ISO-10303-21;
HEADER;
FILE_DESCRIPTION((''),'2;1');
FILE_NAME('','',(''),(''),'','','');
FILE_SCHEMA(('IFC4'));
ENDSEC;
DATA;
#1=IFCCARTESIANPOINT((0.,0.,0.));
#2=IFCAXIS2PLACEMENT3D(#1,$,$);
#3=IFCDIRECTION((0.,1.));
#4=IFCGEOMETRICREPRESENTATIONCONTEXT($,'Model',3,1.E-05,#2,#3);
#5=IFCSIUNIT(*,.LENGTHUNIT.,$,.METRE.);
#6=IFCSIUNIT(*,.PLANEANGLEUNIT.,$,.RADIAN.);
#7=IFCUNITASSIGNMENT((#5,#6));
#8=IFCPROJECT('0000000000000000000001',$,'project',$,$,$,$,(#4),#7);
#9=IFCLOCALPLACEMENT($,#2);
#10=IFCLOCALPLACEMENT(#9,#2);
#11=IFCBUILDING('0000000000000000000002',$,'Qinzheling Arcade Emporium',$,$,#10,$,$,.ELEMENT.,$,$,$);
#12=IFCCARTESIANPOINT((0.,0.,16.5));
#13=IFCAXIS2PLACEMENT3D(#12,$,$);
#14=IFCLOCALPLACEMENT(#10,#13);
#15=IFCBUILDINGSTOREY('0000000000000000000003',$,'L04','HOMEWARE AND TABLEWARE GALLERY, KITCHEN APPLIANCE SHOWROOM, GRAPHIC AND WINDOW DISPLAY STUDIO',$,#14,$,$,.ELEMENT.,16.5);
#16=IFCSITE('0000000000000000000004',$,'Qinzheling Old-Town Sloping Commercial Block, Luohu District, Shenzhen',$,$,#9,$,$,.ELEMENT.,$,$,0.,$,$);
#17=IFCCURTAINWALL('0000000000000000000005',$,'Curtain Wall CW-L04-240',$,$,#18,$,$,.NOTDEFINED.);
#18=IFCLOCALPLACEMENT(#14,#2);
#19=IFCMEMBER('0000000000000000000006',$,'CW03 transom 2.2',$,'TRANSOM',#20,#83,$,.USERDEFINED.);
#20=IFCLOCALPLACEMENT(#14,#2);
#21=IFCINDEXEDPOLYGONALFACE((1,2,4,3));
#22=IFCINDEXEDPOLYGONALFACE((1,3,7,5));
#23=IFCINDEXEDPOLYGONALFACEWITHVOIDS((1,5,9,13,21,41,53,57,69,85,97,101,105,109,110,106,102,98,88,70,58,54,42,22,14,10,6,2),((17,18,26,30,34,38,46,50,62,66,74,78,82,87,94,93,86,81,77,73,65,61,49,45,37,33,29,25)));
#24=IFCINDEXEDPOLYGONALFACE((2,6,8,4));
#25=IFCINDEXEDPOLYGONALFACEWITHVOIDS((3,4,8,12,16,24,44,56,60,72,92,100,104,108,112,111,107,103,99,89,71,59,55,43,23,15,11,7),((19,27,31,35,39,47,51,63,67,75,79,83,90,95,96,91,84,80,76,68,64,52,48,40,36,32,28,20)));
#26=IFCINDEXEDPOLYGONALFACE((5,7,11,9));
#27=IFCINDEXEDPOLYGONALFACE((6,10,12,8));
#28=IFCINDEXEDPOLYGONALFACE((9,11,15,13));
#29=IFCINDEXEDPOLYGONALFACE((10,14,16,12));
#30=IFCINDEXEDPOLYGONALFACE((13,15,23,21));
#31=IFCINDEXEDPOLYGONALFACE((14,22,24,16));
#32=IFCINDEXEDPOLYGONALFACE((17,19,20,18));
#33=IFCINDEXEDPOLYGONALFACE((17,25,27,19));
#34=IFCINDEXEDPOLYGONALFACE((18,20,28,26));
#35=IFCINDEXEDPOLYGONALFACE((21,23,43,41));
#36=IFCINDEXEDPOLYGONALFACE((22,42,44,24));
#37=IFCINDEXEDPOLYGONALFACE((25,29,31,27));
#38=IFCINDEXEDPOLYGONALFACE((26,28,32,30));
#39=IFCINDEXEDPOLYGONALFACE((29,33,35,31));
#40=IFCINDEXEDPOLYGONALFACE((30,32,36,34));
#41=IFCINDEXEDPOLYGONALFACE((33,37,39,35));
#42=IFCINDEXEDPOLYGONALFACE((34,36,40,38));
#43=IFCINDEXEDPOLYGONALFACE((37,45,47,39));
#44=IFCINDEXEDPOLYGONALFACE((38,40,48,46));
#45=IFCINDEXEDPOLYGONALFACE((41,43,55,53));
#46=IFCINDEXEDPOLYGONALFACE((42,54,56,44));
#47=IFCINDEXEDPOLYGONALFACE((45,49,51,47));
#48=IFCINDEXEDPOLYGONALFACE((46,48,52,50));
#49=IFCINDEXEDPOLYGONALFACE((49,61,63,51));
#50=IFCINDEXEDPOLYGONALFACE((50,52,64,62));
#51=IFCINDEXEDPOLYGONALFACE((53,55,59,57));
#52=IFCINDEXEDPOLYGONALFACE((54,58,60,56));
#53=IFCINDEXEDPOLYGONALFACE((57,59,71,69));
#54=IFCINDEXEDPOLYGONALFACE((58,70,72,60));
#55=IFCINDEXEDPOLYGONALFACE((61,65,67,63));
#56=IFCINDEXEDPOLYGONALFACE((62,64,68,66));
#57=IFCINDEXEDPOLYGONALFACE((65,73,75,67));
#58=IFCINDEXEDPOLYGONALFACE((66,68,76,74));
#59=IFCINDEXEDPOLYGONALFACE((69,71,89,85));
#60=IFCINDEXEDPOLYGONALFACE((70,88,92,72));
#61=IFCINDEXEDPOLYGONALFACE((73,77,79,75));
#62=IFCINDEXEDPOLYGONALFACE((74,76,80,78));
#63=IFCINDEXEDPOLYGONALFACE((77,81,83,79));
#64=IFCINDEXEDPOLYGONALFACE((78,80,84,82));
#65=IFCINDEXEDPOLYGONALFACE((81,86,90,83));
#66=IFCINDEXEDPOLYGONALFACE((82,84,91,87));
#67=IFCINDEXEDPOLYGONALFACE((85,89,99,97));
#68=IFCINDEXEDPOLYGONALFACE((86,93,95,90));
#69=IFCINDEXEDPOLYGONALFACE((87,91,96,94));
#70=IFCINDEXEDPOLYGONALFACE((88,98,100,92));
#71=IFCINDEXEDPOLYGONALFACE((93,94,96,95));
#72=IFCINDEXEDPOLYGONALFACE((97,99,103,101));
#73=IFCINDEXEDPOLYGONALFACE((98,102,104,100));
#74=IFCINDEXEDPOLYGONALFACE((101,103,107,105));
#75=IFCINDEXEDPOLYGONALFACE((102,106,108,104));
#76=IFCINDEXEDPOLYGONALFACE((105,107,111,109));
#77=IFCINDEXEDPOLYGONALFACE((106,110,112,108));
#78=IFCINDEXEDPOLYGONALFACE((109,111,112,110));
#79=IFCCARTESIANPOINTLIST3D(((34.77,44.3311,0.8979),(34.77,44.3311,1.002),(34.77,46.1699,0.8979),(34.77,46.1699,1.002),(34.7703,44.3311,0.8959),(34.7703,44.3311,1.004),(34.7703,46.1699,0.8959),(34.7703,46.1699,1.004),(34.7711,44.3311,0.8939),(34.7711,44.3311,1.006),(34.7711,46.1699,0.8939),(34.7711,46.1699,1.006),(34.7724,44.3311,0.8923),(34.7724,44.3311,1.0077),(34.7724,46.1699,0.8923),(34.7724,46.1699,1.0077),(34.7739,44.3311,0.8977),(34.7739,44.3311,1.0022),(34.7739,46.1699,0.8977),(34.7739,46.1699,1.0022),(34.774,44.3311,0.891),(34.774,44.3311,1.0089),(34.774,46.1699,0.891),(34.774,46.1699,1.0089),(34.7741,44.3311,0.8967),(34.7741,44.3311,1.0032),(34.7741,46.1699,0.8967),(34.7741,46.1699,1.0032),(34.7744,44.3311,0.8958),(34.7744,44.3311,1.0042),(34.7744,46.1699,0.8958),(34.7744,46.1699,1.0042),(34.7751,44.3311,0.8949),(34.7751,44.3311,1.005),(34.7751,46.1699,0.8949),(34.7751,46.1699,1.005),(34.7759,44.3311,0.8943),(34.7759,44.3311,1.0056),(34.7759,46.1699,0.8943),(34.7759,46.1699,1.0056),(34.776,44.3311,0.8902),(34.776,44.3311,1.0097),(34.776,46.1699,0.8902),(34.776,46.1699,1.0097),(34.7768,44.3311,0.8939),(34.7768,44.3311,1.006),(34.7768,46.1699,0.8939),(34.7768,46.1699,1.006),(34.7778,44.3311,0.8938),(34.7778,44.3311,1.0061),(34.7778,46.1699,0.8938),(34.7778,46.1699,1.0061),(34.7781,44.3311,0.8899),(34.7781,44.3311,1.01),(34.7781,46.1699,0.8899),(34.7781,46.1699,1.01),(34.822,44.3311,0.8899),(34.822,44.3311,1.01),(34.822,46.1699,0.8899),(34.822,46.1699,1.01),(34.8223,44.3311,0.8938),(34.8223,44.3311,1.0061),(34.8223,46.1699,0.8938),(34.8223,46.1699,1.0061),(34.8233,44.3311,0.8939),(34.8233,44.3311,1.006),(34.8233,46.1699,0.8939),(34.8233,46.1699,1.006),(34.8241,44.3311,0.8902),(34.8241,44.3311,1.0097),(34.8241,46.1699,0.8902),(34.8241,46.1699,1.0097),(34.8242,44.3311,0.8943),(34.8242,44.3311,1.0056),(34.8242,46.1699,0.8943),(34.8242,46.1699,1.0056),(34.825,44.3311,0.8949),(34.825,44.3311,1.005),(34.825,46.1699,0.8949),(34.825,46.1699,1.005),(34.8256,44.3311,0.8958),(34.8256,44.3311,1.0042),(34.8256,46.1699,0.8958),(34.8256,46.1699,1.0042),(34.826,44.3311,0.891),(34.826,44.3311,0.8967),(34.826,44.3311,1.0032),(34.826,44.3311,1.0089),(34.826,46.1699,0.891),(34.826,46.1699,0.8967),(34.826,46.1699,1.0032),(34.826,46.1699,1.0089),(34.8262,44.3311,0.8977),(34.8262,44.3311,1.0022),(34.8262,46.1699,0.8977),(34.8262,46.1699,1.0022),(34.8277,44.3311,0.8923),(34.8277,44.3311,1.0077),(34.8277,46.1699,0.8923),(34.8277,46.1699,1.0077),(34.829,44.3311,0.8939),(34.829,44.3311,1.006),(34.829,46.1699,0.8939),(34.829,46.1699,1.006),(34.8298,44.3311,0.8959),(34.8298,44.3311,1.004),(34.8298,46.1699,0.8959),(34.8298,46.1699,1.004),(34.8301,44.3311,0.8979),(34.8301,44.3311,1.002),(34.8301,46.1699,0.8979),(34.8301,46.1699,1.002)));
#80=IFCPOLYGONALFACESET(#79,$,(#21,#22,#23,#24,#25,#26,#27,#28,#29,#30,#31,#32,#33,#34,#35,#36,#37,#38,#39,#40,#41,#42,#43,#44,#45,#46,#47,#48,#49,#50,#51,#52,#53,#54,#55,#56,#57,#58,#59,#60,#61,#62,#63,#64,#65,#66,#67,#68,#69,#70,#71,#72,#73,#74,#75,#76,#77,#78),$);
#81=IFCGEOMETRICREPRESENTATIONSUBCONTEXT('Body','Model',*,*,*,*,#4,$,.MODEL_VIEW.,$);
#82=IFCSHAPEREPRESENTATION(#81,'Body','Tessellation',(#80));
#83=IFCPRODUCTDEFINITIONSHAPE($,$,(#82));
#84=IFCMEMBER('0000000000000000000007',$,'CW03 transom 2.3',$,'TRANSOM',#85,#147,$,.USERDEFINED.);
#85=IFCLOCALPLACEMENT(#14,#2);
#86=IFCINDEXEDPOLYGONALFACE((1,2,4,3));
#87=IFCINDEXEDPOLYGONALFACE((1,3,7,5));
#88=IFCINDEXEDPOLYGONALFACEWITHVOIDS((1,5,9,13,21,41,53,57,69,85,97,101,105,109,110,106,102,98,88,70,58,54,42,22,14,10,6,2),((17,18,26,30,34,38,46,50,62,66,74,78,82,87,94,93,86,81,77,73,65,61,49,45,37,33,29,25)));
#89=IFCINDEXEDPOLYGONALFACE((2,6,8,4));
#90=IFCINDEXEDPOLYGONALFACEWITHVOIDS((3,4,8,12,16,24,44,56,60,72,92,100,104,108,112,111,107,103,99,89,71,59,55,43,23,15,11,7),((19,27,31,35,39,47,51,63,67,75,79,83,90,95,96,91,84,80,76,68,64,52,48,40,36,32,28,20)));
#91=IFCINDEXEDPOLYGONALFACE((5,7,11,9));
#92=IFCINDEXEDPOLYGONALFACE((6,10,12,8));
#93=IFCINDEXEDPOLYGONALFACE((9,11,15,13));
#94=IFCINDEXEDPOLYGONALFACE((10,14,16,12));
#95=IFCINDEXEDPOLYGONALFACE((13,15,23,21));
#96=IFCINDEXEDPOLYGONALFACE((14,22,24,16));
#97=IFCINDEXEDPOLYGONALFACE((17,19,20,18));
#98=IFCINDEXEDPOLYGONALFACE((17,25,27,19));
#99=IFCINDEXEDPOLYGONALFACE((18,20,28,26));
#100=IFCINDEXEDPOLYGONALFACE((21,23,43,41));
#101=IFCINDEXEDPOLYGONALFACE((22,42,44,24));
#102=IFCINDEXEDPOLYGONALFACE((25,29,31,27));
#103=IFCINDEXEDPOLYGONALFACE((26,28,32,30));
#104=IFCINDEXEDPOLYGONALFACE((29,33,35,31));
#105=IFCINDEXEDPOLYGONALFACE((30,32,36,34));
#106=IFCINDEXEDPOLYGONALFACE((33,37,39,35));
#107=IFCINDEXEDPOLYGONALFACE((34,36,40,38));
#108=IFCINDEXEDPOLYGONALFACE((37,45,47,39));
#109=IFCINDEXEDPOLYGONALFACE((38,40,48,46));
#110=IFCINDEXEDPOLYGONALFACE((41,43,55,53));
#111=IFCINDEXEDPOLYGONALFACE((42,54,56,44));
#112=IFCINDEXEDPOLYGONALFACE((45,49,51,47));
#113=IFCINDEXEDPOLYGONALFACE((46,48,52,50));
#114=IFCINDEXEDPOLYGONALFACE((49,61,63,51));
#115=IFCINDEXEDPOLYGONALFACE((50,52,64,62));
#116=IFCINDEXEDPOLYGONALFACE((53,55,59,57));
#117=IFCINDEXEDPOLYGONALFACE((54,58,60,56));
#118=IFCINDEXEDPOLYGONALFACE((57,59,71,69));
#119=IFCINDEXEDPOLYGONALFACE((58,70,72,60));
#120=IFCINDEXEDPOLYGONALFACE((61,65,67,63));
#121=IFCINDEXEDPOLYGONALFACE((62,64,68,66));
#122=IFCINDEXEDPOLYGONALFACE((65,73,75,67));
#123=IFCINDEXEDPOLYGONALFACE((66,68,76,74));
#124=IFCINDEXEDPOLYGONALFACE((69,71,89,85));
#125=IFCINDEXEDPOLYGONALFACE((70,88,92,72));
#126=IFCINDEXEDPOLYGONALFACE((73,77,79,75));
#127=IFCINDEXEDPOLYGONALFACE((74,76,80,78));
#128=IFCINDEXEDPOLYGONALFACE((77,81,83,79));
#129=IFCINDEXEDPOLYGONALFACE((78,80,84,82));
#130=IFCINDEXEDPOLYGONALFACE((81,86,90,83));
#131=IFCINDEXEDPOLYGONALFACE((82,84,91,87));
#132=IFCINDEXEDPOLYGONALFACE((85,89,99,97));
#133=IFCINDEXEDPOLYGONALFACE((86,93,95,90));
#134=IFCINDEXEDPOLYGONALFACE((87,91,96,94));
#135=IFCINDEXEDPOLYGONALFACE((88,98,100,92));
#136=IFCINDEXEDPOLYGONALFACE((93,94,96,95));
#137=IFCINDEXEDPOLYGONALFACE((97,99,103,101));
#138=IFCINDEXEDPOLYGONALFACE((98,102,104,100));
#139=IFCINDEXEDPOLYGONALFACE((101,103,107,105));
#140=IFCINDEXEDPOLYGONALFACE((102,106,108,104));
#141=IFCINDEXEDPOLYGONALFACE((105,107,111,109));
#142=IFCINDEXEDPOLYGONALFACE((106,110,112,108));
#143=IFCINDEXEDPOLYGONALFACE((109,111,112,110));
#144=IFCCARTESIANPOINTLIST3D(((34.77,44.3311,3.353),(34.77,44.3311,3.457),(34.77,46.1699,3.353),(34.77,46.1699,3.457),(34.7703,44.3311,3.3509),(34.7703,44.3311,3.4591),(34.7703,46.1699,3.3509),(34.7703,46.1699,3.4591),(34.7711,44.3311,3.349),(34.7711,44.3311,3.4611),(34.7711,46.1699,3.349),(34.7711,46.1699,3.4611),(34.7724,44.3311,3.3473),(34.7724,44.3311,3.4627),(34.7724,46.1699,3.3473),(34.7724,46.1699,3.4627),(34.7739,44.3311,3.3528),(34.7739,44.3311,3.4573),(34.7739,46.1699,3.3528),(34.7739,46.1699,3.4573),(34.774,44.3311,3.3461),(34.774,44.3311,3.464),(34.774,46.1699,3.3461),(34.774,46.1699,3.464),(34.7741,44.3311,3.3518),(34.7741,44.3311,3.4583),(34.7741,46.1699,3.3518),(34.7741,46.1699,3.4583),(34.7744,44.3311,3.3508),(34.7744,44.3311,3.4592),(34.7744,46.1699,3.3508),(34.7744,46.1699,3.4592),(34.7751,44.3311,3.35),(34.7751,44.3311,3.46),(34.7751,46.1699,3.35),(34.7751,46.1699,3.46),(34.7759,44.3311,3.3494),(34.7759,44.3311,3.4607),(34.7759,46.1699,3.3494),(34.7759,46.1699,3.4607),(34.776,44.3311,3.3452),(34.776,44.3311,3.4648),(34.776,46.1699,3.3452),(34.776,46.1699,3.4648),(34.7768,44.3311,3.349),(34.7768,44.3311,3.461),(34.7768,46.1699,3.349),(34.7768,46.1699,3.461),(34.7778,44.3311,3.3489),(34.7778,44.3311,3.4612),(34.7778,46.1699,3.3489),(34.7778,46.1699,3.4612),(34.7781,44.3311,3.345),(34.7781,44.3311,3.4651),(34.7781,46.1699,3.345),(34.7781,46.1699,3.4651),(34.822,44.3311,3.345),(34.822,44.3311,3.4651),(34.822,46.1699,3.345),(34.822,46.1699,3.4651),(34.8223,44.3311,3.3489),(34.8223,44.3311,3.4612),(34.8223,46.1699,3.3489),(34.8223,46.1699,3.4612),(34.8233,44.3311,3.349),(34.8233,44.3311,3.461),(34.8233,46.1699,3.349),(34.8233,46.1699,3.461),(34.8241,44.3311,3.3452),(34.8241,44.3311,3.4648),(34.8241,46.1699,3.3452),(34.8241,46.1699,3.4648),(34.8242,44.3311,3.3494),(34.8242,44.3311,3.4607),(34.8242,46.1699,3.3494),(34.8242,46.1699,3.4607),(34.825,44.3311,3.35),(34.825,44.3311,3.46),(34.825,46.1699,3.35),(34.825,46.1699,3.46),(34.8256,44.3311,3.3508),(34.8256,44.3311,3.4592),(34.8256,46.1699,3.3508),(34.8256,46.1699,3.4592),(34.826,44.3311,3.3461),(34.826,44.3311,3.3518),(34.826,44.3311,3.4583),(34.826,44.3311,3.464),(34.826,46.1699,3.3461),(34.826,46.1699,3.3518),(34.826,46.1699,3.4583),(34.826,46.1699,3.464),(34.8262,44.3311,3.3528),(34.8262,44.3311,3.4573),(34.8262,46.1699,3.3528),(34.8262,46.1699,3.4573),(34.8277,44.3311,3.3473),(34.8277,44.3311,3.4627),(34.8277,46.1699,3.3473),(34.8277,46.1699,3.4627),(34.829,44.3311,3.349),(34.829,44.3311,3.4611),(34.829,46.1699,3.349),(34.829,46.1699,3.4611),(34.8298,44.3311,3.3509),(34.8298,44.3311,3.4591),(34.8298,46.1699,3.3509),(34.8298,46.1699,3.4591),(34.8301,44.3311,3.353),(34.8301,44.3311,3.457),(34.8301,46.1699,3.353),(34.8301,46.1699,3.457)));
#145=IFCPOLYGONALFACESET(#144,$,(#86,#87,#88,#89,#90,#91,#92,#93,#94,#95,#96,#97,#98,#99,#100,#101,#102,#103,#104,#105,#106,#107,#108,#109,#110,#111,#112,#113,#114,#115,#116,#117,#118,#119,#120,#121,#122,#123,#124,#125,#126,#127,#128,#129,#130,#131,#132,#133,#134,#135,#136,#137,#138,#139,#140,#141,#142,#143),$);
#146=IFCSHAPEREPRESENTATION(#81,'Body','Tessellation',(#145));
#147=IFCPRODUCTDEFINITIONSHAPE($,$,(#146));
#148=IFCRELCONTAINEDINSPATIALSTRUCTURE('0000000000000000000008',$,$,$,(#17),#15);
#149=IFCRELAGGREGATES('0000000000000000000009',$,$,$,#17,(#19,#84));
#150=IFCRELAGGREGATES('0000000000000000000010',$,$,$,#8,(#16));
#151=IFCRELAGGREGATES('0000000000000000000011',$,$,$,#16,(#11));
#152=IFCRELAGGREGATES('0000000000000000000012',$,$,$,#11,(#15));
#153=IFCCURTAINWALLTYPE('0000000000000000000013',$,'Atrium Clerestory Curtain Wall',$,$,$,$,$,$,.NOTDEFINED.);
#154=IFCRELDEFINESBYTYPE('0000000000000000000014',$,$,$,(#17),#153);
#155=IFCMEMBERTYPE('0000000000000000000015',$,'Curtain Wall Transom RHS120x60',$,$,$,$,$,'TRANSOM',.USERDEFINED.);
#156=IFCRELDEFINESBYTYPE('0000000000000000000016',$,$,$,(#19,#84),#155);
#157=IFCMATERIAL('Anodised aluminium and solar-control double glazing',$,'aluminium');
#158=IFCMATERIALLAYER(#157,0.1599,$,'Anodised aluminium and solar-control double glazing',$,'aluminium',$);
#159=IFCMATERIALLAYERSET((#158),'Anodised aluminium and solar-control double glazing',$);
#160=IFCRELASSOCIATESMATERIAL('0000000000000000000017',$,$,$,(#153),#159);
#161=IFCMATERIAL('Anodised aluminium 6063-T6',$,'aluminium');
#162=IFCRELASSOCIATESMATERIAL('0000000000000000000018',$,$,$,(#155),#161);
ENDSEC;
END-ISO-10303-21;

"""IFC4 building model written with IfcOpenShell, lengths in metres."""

from ifc_helpers import new_model, si_unit, direction, frame, origin, origin_2d, place, context, subcontext, project, spatial, hollow_rectangle, extrude, material, layer, layer_set, material_profile, profile_set, type_object, element, aggregate, save


model = new_model("IFC4")

# Units and contexts
model_context = context("Model", 3, precision=1e-05, world=origin(), true_north=direction((0.0, 1.0)))
body_context = subcontext(model_context, "Body", "Model", "MODEL_VIEW")
ifc_project = project(units=[si_unit("LENGTHUNIT", "METRE"), si_unit("PLANEANGLEUNIT", "RADIAN")], contexts=[model_context])

# Site, building, storey
site_placement = place(None, origin())
site = spatial("IfcSite", under=ifc_project, at=site_placement, Name="Qinzheling Old-Town Sloping Commercial Block, Luohu District, Shenzhen", CompositionType="ELEMENT", RefElevation=0.0)
building_placement = place(site_placement, origin())
building = spatial("IfcBuilding", under=site, at=building_placement, Name="Qinzheling Arcade Emporium", CompositionType="ELEMENT")
storey_placement = place(building_placement, frame((0.0, 0.0, 16.5)))
storey = spatial("IfcBuildingStorey", under=building, at=storey_placement, Name="L04", Description="HOMEWARE AND TABLEWARE GALLERY, KITCHEN APPLIANCE SHOWROOM, GRAPHIC AND WINDOW DISPLAY STUDIO", CompositionType="ELEMENT", Elevation=16.5)

# Curtain wall
ifc_material_1 = material(Name="Anodised aluminium and solar-control double glazing", Category="aluminium")
ifc_layer_1 = layer(ifc_material_1, 0.1599, Name="Anodised aluminium and solar-control double glazing", Category="aluminium")
ifc_layer_set_1 = layer_set([ifc_layer_1], Name="Anodised aluminium and solar-control double glazing")
curtain_wall_type = type_object("IfcCurtainWallType", Name="Atrium Clerestory Curtain Wall", PredefinedType="NOTDEFINED", material=ifc_layer_set_1)
curtain_wall_1_placement = place(storey_placement, origin())
curtain_wall_1 = element("IfcCurtainWall", 1, at=curtain_wall_1_placement, inside=storey, type_object=curtain_wall_type, Name="Curtain Wall CW-L04-240", PredefinedType="NOTDEFINED")
ifc_material_2 = material(Name="Anodised aluminium 6063-T6", Category="aluminium")

# Members
ifc_material_profile_1 = material_profile(ifc_material_2, hollow_rectangle(XDim=0.0601, YDim=0.1201, WallThickness=0.0039, InnerFilletRadius=0.0039, OuterFilletRadius=0.0081, at=origin_2d()), Name="RHS 120x60x4", Category="aluminium")
ifc_profile_set_1 = profile_set([ifc_material_profile_1], Name="Anodised aluminium 6063-T6")
member_type_1 = type_object("IfcMemberType", Name="Curtain Wall Transom RHS120x60", ElementType="TRANSOM", PredefinedType="USERDEFINED", material=ifc_profile_set_1)
member_1_placement = place(storey_placement, frame((34.8, 44.3311, 0.95), z_axis=(0.0, 1.0, 0.0), x_axis=(-1.0, 0.0, 0.0)))
member_1 = element("IfcMember", 2, at=member_1_placement, type_object=member_type_1, Name="CW03 transom 2.2", ObjectType="TRANSOM", PredefinedType="USERDEFINED", context=body_context, shape_type="SweptSolid", body=[
    extrude(hollow_rectangle(XDim=0.0601, YDim=0.1201, WallThickness=0.0039, InnerFilletRadius=0.0039, OuterFilletRadius=0.0081, at=origin_2d()), origin(), (0.0, 0.0, 1.0), 1.8389),
])
member_2_placement = place(storey_placement, frame((34.8, 44.3311, 3.405), z_axis=(0.0, 1.0, 0.0), x_axis=(-1.0, 0.0, 0.0)))
member_2 = element("IfcMember", 3, at=member_2_placement, type_object=member_type_1, Name="CW03 transom 2.3", ObjectType="TRANSOM", PredefinedType="USERDEFINED", context=body_context, shape_type="SweptSolid", body=[
    extrude(hollow_rectangle(XDim=0.0601, YDim=0.1201, WallThickness=0.0039, InnerFilletRadius=0.0039, OuterFilletRadius=0.0081, at=origin_2d()), origin(), (0.0, 0.0, 1.0), 1.8389),
])

aggregate(curtain_wall_1, [member_1, member_2])

save(model, "model.ifc")
